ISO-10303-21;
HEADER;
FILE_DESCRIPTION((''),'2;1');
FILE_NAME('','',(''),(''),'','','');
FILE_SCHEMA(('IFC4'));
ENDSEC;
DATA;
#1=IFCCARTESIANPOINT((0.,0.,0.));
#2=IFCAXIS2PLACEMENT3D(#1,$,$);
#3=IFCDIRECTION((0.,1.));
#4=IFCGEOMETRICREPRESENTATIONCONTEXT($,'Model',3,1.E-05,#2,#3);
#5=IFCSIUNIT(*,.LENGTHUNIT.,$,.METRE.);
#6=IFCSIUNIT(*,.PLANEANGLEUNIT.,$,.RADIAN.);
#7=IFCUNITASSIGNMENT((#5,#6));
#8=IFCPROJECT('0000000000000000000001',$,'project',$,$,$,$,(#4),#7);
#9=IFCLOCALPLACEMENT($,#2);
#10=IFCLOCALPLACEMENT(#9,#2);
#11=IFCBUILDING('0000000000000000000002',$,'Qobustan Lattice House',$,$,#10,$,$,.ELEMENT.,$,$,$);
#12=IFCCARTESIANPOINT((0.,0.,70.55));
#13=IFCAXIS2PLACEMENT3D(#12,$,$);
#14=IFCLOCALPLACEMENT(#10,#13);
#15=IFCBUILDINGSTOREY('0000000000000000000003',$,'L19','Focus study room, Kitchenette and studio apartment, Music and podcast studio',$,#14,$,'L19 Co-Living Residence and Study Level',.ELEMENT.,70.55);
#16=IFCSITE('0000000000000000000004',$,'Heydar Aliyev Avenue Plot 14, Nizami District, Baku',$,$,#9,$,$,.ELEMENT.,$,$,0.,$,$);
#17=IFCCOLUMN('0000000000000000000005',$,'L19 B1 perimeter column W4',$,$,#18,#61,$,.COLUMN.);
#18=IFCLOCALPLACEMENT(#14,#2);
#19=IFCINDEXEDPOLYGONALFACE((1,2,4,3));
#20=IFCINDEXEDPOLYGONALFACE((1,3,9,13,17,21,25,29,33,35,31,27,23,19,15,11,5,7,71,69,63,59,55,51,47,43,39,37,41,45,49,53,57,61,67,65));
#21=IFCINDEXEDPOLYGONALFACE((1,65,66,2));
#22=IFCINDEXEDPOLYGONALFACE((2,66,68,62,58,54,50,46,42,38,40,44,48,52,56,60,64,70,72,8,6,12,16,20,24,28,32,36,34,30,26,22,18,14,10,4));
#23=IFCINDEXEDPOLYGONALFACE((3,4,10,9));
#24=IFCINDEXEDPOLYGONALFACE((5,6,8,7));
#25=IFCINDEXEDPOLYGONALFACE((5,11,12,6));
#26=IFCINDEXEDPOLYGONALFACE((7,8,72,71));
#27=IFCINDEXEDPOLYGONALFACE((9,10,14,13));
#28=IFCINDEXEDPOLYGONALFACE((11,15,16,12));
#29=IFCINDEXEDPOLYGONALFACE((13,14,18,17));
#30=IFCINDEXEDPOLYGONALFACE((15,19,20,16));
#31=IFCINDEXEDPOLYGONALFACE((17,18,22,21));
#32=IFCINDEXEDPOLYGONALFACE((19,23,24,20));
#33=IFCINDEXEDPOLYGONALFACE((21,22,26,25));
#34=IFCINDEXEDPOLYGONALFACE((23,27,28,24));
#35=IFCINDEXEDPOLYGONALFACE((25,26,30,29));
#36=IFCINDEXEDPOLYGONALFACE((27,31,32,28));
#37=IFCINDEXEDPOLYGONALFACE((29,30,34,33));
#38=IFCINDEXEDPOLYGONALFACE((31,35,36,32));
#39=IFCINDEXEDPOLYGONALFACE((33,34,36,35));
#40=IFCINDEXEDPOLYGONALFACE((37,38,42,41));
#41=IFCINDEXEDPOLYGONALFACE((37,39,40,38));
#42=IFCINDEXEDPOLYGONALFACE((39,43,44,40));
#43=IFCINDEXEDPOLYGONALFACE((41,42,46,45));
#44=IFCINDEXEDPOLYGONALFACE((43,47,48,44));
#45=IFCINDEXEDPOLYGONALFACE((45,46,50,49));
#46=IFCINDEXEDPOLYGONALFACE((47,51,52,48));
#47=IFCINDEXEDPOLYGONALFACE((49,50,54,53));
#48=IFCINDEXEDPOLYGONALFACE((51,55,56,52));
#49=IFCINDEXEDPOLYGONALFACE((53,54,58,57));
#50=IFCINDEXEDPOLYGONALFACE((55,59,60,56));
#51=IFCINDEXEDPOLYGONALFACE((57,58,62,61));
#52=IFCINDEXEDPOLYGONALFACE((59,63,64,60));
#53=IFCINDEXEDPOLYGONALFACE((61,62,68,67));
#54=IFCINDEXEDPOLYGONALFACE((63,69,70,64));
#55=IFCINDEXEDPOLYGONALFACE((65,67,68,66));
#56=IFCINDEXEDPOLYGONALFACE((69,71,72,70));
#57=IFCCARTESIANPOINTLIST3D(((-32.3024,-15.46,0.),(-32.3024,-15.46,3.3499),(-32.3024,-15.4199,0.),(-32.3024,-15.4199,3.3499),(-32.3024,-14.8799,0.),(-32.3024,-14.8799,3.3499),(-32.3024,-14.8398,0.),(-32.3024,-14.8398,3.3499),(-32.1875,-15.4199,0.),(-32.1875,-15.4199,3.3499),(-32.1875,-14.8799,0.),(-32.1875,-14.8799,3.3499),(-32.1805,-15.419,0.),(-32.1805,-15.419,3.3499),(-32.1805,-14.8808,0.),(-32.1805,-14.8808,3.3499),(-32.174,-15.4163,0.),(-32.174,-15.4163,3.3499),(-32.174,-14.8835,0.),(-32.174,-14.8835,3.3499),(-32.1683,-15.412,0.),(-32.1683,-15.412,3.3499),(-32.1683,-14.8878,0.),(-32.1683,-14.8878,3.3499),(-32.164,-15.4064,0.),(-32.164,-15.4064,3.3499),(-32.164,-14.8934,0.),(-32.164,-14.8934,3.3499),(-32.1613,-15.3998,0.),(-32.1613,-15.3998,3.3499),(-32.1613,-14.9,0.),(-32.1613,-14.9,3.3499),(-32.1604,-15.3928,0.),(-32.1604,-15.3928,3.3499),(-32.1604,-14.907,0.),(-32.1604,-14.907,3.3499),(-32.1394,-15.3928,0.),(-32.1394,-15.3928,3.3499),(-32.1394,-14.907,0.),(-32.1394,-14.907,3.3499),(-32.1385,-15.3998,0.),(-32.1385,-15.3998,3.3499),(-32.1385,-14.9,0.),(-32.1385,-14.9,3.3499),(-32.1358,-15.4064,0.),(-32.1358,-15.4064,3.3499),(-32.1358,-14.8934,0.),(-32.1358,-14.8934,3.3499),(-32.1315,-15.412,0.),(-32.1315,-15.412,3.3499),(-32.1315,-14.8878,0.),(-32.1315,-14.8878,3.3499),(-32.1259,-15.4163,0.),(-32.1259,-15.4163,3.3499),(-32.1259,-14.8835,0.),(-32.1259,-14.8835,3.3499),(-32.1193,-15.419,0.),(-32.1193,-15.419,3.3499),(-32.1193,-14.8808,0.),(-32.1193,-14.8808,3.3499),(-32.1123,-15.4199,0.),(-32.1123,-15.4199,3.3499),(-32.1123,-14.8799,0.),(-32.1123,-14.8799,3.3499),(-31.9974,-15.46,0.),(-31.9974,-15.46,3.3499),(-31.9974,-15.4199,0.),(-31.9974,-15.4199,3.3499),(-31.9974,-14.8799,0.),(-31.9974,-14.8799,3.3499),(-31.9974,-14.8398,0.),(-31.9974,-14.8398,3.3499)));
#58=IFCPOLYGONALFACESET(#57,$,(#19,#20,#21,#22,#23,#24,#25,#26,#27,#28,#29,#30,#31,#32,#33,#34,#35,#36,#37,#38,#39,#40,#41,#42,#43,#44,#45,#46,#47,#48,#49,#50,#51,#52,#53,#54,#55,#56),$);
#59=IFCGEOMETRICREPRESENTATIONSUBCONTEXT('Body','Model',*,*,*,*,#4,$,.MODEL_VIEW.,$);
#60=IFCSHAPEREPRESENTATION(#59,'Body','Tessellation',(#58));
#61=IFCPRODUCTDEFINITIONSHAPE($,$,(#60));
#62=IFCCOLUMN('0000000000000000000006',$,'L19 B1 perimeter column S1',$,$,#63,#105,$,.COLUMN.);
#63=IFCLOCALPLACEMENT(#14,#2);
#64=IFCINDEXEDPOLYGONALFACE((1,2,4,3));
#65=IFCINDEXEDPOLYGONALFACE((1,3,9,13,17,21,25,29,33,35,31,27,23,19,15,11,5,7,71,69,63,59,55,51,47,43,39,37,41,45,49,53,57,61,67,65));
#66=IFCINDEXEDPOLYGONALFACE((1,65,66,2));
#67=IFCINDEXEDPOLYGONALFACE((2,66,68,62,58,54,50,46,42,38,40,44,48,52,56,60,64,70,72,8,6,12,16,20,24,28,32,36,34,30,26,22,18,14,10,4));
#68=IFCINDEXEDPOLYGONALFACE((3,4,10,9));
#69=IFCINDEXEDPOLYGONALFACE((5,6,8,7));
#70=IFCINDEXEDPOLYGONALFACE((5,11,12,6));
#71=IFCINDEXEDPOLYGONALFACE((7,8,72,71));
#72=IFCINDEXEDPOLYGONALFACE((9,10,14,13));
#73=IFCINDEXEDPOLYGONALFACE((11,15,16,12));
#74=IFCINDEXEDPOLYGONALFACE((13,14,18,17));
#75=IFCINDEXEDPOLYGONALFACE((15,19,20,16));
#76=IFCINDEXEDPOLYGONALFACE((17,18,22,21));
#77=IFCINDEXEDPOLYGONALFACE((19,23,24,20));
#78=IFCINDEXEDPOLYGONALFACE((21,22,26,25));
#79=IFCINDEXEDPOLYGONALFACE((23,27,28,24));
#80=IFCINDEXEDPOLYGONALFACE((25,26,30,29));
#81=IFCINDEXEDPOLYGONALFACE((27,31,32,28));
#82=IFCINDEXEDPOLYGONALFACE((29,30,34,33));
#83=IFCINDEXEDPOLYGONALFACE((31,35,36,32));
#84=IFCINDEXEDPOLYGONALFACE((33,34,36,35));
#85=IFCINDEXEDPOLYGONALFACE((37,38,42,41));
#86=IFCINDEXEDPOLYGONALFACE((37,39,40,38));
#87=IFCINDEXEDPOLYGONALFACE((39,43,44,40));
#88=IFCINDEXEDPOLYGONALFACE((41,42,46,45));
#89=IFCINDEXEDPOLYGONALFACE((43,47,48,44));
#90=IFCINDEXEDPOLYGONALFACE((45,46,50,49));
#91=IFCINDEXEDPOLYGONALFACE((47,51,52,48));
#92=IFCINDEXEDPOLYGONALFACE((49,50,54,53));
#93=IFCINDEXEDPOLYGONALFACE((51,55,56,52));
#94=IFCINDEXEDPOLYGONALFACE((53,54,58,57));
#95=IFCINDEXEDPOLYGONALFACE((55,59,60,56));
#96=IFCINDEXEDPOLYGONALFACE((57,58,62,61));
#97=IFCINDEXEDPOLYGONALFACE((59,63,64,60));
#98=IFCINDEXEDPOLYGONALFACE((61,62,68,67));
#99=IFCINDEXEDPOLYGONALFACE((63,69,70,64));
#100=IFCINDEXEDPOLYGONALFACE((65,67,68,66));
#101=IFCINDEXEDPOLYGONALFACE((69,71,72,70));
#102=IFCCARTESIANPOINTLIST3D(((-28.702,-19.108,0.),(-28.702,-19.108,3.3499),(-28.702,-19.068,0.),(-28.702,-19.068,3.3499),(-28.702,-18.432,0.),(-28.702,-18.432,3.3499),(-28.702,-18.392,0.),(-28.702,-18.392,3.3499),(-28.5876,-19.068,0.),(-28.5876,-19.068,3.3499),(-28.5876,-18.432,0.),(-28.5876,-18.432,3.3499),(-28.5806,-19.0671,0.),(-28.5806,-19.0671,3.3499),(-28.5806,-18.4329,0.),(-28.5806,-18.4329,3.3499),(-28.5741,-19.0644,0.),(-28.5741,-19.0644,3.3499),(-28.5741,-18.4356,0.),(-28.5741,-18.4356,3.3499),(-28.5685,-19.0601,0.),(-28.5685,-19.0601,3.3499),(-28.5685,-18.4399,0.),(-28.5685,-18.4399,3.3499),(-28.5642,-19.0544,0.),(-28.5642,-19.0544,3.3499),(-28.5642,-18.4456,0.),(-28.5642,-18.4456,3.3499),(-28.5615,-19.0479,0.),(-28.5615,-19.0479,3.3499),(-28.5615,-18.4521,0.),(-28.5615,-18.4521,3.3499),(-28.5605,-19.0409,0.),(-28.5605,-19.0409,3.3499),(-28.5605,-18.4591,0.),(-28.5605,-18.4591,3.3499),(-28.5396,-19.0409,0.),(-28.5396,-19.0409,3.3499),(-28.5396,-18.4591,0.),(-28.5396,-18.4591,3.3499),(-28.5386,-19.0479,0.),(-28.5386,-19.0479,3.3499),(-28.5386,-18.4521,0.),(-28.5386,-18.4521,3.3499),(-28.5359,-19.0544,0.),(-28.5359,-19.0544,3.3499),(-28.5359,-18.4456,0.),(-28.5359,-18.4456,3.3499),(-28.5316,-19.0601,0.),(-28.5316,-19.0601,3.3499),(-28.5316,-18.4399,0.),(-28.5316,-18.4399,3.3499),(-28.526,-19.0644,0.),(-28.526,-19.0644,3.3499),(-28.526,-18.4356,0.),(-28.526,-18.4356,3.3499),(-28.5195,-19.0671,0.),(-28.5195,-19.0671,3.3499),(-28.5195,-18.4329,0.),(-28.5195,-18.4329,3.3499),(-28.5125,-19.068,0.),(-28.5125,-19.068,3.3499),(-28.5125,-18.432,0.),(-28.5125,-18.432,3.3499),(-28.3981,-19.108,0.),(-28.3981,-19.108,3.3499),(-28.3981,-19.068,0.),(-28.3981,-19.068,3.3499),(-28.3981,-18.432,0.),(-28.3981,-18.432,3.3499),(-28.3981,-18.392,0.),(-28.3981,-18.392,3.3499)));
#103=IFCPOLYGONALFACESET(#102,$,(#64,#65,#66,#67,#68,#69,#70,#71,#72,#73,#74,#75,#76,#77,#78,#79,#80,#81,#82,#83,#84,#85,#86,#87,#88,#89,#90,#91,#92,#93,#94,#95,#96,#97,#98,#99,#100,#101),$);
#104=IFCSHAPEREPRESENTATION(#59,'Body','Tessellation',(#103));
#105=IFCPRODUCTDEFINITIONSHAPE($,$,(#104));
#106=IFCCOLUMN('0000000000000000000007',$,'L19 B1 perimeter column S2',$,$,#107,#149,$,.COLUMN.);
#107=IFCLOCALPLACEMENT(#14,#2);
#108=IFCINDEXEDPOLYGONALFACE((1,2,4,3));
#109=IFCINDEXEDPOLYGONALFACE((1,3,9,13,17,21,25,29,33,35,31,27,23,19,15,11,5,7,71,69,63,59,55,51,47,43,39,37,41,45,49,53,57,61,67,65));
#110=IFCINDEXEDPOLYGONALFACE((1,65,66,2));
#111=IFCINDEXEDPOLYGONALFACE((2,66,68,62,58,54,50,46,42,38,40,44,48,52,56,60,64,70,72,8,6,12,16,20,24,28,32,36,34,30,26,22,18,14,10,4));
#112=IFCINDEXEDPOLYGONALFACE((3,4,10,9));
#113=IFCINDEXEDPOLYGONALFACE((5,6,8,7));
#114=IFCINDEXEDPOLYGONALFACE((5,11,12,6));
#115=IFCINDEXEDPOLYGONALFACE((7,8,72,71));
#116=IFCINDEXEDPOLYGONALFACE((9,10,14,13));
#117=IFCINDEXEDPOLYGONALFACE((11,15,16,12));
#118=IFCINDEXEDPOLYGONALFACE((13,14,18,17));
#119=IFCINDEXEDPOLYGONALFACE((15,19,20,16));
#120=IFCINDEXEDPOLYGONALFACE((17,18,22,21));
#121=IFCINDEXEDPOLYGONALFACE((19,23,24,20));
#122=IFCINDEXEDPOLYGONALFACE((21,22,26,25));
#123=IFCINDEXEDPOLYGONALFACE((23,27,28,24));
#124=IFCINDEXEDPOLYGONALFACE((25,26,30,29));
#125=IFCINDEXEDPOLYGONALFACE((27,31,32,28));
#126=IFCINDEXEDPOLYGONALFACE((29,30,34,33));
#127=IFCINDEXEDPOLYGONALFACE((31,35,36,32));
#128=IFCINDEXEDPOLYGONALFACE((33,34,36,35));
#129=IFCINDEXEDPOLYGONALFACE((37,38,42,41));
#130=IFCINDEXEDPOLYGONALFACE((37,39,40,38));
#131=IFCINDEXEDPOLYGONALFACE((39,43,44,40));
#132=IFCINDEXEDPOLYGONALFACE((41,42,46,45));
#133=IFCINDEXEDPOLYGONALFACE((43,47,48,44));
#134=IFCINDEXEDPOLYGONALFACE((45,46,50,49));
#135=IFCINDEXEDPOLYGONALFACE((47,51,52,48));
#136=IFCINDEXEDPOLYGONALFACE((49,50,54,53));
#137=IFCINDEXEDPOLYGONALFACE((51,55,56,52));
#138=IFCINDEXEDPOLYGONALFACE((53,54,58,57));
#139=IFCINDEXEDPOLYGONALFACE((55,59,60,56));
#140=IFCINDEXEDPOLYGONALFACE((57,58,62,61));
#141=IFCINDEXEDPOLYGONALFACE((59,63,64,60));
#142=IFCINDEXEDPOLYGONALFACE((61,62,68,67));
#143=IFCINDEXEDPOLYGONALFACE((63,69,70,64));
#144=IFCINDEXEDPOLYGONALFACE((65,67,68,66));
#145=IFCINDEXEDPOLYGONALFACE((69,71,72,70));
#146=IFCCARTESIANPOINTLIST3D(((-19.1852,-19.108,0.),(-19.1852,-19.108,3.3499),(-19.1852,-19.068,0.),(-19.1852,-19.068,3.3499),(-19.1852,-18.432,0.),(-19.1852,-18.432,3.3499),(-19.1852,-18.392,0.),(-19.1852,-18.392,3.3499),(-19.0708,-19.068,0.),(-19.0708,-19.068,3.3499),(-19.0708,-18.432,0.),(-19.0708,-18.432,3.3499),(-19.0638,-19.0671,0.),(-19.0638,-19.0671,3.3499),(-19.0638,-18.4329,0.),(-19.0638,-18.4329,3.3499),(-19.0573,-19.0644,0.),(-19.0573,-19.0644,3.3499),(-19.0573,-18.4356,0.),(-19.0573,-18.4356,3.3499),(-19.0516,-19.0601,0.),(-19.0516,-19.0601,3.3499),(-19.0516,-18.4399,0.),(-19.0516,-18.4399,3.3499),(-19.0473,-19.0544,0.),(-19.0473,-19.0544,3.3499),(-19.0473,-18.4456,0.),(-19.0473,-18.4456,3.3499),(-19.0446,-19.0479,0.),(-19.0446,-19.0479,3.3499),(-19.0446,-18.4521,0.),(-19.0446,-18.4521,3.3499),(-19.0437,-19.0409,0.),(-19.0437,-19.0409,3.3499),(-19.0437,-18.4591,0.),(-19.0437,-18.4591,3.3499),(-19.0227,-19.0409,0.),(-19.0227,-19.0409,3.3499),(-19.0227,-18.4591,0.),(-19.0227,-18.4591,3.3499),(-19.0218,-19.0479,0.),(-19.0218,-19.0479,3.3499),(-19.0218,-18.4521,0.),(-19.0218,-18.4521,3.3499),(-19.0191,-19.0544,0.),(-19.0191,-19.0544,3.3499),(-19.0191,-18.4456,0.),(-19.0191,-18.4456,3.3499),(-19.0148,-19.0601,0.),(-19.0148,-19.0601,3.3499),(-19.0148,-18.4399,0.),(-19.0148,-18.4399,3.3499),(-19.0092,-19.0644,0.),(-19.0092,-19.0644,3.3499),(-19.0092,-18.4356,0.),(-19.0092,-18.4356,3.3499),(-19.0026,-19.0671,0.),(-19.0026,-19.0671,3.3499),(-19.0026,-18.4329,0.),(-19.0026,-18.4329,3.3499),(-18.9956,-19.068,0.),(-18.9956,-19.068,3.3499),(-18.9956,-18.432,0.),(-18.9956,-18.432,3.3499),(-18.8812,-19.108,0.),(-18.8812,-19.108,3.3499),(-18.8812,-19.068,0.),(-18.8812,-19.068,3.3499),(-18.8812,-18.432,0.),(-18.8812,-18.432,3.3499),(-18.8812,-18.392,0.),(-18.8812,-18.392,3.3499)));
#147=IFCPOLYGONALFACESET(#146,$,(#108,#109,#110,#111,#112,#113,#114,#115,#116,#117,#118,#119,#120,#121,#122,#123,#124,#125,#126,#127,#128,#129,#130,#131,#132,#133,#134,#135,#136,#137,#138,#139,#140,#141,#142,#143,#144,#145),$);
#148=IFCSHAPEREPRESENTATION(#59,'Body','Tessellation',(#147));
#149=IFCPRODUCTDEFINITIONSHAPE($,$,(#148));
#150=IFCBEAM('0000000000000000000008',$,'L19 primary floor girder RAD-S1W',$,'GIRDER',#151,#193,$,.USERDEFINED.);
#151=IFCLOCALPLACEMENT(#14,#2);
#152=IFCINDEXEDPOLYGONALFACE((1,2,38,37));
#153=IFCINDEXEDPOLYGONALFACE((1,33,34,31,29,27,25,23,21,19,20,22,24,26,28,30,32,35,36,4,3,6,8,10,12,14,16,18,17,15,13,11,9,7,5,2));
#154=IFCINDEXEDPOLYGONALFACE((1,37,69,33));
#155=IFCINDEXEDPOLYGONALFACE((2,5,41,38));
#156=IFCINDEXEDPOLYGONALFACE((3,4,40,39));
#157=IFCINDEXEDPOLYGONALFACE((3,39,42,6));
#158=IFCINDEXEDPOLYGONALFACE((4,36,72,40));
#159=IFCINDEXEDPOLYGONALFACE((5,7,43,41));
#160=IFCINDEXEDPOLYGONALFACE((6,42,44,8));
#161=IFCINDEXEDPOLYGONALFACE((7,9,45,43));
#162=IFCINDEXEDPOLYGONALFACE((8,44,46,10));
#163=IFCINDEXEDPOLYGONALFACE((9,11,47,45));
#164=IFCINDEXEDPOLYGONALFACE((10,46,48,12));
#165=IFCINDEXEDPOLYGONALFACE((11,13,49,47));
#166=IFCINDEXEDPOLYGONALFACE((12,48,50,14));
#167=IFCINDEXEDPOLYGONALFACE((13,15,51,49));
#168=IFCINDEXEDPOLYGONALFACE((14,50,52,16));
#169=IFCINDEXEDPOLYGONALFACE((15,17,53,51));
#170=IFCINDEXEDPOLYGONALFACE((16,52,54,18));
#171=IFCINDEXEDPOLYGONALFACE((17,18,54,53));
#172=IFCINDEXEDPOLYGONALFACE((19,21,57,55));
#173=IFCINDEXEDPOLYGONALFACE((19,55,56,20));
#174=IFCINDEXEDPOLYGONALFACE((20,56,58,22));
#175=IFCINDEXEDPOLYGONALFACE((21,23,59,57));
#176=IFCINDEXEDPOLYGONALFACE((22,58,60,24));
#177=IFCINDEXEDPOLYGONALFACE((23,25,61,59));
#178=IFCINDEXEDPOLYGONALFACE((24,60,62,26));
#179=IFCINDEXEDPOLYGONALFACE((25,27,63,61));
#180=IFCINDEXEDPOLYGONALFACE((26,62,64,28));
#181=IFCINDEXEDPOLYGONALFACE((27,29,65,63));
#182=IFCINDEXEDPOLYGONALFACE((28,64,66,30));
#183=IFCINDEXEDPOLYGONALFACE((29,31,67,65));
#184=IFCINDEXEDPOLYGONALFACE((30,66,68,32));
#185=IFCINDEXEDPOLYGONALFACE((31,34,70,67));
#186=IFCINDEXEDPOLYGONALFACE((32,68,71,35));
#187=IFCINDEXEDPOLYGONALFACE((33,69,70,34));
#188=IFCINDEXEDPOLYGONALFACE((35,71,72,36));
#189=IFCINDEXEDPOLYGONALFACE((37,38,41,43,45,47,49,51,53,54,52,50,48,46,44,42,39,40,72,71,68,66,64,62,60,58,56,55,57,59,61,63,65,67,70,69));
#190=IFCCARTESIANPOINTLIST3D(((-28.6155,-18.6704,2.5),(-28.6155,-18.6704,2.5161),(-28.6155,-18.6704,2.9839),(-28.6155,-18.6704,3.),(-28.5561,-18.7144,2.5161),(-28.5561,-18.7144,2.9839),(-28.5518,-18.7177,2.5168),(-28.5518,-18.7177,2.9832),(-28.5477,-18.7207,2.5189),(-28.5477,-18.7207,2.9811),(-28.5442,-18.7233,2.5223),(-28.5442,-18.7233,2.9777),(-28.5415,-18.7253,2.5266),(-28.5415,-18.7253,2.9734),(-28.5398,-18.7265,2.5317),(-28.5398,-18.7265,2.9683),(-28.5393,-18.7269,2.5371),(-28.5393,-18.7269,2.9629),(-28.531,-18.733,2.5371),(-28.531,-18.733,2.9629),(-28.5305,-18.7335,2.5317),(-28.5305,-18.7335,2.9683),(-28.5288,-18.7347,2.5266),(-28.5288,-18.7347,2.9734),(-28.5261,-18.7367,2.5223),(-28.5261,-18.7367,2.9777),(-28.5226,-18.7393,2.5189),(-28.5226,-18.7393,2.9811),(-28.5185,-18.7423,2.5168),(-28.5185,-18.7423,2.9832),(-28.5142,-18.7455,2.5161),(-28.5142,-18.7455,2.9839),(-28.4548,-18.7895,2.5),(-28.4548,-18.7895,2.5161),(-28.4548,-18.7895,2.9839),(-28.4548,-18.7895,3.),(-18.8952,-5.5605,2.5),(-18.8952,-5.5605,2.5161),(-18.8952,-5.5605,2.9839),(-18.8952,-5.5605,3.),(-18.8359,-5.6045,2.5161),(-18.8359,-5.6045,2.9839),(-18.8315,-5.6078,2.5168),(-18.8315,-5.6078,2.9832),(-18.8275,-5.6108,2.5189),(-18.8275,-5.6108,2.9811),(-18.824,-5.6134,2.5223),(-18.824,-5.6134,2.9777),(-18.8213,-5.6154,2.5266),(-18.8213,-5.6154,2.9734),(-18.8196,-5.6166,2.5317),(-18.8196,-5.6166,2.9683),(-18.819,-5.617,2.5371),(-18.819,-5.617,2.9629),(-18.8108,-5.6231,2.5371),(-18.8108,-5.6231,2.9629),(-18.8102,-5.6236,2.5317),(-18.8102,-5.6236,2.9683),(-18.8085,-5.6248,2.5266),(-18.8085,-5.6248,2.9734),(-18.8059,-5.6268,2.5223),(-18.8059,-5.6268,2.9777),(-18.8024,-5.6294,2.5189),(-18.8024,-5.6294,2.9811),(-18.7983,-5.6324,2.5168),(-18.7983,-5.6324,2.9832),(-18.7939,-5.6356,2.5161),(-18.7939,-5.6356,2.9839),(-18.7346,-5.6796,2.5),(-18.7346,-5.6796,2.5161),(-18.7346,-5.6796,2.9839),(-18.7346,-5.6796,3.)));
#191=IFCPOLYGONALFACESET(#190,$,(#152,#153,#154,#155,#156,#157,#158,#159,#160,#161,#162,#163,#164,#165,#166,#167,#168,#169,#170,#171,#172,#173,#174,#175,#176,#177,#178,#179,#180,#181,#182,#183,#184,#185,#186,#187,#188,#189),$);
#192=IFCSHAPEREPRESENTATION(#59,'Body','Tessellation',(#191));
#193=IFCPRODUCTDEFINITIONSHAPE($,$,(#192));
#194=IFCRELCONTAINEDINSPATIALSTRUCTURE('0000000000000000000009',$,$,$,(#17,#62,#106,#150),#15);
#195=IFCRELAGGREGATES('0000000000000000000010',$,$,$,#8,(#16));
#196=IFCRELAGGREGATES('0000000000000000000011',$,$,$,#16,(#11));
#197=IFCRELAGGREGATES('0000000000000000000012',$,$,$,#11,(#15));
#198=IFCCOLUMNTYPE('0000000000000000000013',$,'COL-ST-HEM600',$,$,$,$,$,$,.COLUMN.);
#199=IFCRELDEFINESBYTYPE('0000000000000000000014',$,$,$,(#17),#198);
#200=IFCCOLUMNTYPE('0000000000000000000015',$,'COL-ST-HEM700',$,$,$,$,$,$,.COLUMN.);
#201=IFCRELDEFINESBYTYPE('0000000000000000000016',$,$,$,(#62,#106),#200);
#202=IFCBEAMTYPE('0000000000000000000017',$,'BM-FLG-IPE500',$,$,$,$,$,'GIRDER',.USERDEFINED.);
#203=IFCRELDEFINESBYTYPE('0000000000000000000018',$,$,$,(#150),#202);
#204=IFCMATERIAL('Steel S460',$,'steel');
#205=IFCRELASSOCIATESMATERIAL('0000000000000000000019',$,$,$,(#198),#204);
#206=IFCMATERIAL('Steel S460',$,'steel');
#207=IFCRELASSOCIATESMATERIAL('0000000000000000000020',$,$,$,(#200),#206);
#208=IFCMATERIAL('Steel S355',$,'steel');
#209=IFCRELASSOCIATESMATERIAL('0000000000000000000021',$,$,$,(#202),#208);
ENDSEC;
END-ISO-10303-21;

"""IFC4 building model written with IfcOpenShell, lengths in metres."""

from ifc_helpers import new_model, si_unit, direction, frame, origin, origin_2d, place, context, subcontext, project, spatial, i_section, extrude, material, material_profile, profile_set, type_object, element, save


model = new_model("IFC4")

# Units and contexts
model_context = context("Model", 3, precision=1e-05, world=origin(), true_north=direction((0.0, 1.0)))
body_context = subcontext(model_context, "Body", "Model", "MODEL_VIEW")
ifc_project = project(units=[si_unit("LENGTHUNIT", "METRE"), si_unit("PLANEANGLEUNIT", "RADIAN")], contexts=[model_context])

# Site, building, storey
site_placement = place(None, origin())
site = spatial("IfcSite", under=ifc_project, at=site_placement, Name="Heydar Aliyev Avenue Plot 14, Nizami District, Baku", CompositionType="ELEMENT", RefElevation=0.0)
building_placement = place(site_placement, origin())
building = spatial("IfcBuilding", under=site, at=building_placement, Name="Qobustan Lattice House", CompositionType="ELEMENT")
storey_placement = place(building_placement, frame((0.0, 0.0, 70.55)))
storey = spatial("IfcBuildingStorey", under=building, at=storey_placement, Name="L19", Description="Focus study room, Kitchenette and studio apartment, Music and podcast studio", LongName="L19 Co-Living Residence and Study Level", CompositionType="ELEMENT", Elevation=70.55)

# Columns
ifc_material_1 = material(Name="Steel S460", Category="steel")
ifc_material_profile_1 = material_profile(ifc_material_1, i_section(OverallWidth=0.3049, OverallDepth=0.6201, WebThickness=0.021, FlangeThickness=0.04, FilletRadius=0.0271, at=origin_2d()), Name="HEM600")
ifc_profile_set_1 = profile_set([ifc_material_profile_1], Name="Steel S460")
column_type_1 = type_object("IfcColumnType", Name="COL-ST-HEM600", PredefinedType="COLUMN", material=ifc_profile_set_1)
column_placement = place(storey_placement, frame((-32.1499, -15.1499, 0.0), z_axis=(0.0, 0.0, 1.0), x_axis=(1.0, 0.0, 0.0)))
element("IfcColumn", 1, at=column_placement, inside=storey, type_object=column_type_1, Name="L19 B1 perimeter column W4", PredefinedType="COLUMN", context=body_context, shape_type="SweptSolid", body=[
    extrude(i_section(OverallWidth=0.3049, OverallDepth=0.6201, WebThickness=0.021, FlangeThickness=0.04, FilletRadius=0.0271, at=origin_2d()), origin(), (0.0, 0.0, 1.0), 3.3499),
])
ifc_material_2 = material(Name="Steel S460", Category="steel")
ifc_material_profile_2 = material_profile(ifc_material_2, i_section(OverallWidth=0.304, OverallDepth=0.7161, WebThickness=0.021, FlangeThickness=0.04, FilletRadius=0.0271, at=origin_2d()), Name="HEM700")
ifc_profile_set_2 = profile_set([ifc_material_profile_2], Name="Steel S460")
column_type_2 = type_object("IfcColumnType", Name="COL-ST-HEM700", PredefinedType="COLUMN", material=ifc_profile_set_2)
for number, where, z_axis, x_axis, name in (
    (2, (-28.55, -18.75, 0.0), (0.0, 0.0, 1.0), (1.0, 0.0, 0.0), "L19 B1 perimeter column S1"),
    (3, (-19.0332, -18.75, 0.0), (0.0, 0.0, 1.0), (1.0, 0.0, 0.0), "L19 B1 perimeter column S2"),
):
    element("IfcColumn", number, at=place(storey_placement, frame(where, z_axis=z_axis, x_axis=x_axis)), inside=storey, type_object=column_type_2, Name=name, PredefinedType="COLUMN", context=body_context, shape_type="SweptSolid", body=[
        extrude(i_section(OverallWidth=0.304, OverallDepth=0.7161, WebThickness=0.021, FlangeThickness=0.04, FilletRadius=0.0271, at=origin_2d()), origin(), (0.0, 0.0, 1.0), 3.3499),
    ])

# Beam
ifc_material_3 = material(Name="Steel S355", Category="steel")
ifc_material_profile_3 = material_profile(ifc_material_3, i_section(OverallWidth=0.2, OverallDepth=0.5, WebThickness=0.0103, FlangeThickness=0.0161, FilletRadius=0.021, at=origin_2d()), Name="IPE500")
ifc_profile_set_3 = profile_set([ifc_material_profile_3], Name="Steel S355")
beam_type_1 = type_object("IfcBeamType", Name="BM-FLG-IPE500", ElementType="GIRDER", PredefinedType="USERDEFINED", material=ifc_profile_set_3)
beam_1_placement = place(storey_placement, frame((-28.5352, -18.73, 2.75), z_axis=(0.595592, 0.803287, 0.0), x_axis=(-0.803287, 0.595592, 0.0)))
element("IfcBeam", 4, at=beam_1_placement, inside=storey, type_object=beam_type_1, Name="L19 primary floor girder RAD-S1W", ObjectType="GIRDER", PredefinedType="USERDEFINED", context=body_context, shape_type="SweptSolid", body=[
    extrude(i_section(OverallWidth=0.2, OverallDepth=0.5, WebThickness=0.0103, FlangeThickness=0.0161, FilletRadius=0.021, at=origin_2d()), origin(), (0.0, 0.0, 1.0), 16.3203),
])

save(model, "model.ifc")
